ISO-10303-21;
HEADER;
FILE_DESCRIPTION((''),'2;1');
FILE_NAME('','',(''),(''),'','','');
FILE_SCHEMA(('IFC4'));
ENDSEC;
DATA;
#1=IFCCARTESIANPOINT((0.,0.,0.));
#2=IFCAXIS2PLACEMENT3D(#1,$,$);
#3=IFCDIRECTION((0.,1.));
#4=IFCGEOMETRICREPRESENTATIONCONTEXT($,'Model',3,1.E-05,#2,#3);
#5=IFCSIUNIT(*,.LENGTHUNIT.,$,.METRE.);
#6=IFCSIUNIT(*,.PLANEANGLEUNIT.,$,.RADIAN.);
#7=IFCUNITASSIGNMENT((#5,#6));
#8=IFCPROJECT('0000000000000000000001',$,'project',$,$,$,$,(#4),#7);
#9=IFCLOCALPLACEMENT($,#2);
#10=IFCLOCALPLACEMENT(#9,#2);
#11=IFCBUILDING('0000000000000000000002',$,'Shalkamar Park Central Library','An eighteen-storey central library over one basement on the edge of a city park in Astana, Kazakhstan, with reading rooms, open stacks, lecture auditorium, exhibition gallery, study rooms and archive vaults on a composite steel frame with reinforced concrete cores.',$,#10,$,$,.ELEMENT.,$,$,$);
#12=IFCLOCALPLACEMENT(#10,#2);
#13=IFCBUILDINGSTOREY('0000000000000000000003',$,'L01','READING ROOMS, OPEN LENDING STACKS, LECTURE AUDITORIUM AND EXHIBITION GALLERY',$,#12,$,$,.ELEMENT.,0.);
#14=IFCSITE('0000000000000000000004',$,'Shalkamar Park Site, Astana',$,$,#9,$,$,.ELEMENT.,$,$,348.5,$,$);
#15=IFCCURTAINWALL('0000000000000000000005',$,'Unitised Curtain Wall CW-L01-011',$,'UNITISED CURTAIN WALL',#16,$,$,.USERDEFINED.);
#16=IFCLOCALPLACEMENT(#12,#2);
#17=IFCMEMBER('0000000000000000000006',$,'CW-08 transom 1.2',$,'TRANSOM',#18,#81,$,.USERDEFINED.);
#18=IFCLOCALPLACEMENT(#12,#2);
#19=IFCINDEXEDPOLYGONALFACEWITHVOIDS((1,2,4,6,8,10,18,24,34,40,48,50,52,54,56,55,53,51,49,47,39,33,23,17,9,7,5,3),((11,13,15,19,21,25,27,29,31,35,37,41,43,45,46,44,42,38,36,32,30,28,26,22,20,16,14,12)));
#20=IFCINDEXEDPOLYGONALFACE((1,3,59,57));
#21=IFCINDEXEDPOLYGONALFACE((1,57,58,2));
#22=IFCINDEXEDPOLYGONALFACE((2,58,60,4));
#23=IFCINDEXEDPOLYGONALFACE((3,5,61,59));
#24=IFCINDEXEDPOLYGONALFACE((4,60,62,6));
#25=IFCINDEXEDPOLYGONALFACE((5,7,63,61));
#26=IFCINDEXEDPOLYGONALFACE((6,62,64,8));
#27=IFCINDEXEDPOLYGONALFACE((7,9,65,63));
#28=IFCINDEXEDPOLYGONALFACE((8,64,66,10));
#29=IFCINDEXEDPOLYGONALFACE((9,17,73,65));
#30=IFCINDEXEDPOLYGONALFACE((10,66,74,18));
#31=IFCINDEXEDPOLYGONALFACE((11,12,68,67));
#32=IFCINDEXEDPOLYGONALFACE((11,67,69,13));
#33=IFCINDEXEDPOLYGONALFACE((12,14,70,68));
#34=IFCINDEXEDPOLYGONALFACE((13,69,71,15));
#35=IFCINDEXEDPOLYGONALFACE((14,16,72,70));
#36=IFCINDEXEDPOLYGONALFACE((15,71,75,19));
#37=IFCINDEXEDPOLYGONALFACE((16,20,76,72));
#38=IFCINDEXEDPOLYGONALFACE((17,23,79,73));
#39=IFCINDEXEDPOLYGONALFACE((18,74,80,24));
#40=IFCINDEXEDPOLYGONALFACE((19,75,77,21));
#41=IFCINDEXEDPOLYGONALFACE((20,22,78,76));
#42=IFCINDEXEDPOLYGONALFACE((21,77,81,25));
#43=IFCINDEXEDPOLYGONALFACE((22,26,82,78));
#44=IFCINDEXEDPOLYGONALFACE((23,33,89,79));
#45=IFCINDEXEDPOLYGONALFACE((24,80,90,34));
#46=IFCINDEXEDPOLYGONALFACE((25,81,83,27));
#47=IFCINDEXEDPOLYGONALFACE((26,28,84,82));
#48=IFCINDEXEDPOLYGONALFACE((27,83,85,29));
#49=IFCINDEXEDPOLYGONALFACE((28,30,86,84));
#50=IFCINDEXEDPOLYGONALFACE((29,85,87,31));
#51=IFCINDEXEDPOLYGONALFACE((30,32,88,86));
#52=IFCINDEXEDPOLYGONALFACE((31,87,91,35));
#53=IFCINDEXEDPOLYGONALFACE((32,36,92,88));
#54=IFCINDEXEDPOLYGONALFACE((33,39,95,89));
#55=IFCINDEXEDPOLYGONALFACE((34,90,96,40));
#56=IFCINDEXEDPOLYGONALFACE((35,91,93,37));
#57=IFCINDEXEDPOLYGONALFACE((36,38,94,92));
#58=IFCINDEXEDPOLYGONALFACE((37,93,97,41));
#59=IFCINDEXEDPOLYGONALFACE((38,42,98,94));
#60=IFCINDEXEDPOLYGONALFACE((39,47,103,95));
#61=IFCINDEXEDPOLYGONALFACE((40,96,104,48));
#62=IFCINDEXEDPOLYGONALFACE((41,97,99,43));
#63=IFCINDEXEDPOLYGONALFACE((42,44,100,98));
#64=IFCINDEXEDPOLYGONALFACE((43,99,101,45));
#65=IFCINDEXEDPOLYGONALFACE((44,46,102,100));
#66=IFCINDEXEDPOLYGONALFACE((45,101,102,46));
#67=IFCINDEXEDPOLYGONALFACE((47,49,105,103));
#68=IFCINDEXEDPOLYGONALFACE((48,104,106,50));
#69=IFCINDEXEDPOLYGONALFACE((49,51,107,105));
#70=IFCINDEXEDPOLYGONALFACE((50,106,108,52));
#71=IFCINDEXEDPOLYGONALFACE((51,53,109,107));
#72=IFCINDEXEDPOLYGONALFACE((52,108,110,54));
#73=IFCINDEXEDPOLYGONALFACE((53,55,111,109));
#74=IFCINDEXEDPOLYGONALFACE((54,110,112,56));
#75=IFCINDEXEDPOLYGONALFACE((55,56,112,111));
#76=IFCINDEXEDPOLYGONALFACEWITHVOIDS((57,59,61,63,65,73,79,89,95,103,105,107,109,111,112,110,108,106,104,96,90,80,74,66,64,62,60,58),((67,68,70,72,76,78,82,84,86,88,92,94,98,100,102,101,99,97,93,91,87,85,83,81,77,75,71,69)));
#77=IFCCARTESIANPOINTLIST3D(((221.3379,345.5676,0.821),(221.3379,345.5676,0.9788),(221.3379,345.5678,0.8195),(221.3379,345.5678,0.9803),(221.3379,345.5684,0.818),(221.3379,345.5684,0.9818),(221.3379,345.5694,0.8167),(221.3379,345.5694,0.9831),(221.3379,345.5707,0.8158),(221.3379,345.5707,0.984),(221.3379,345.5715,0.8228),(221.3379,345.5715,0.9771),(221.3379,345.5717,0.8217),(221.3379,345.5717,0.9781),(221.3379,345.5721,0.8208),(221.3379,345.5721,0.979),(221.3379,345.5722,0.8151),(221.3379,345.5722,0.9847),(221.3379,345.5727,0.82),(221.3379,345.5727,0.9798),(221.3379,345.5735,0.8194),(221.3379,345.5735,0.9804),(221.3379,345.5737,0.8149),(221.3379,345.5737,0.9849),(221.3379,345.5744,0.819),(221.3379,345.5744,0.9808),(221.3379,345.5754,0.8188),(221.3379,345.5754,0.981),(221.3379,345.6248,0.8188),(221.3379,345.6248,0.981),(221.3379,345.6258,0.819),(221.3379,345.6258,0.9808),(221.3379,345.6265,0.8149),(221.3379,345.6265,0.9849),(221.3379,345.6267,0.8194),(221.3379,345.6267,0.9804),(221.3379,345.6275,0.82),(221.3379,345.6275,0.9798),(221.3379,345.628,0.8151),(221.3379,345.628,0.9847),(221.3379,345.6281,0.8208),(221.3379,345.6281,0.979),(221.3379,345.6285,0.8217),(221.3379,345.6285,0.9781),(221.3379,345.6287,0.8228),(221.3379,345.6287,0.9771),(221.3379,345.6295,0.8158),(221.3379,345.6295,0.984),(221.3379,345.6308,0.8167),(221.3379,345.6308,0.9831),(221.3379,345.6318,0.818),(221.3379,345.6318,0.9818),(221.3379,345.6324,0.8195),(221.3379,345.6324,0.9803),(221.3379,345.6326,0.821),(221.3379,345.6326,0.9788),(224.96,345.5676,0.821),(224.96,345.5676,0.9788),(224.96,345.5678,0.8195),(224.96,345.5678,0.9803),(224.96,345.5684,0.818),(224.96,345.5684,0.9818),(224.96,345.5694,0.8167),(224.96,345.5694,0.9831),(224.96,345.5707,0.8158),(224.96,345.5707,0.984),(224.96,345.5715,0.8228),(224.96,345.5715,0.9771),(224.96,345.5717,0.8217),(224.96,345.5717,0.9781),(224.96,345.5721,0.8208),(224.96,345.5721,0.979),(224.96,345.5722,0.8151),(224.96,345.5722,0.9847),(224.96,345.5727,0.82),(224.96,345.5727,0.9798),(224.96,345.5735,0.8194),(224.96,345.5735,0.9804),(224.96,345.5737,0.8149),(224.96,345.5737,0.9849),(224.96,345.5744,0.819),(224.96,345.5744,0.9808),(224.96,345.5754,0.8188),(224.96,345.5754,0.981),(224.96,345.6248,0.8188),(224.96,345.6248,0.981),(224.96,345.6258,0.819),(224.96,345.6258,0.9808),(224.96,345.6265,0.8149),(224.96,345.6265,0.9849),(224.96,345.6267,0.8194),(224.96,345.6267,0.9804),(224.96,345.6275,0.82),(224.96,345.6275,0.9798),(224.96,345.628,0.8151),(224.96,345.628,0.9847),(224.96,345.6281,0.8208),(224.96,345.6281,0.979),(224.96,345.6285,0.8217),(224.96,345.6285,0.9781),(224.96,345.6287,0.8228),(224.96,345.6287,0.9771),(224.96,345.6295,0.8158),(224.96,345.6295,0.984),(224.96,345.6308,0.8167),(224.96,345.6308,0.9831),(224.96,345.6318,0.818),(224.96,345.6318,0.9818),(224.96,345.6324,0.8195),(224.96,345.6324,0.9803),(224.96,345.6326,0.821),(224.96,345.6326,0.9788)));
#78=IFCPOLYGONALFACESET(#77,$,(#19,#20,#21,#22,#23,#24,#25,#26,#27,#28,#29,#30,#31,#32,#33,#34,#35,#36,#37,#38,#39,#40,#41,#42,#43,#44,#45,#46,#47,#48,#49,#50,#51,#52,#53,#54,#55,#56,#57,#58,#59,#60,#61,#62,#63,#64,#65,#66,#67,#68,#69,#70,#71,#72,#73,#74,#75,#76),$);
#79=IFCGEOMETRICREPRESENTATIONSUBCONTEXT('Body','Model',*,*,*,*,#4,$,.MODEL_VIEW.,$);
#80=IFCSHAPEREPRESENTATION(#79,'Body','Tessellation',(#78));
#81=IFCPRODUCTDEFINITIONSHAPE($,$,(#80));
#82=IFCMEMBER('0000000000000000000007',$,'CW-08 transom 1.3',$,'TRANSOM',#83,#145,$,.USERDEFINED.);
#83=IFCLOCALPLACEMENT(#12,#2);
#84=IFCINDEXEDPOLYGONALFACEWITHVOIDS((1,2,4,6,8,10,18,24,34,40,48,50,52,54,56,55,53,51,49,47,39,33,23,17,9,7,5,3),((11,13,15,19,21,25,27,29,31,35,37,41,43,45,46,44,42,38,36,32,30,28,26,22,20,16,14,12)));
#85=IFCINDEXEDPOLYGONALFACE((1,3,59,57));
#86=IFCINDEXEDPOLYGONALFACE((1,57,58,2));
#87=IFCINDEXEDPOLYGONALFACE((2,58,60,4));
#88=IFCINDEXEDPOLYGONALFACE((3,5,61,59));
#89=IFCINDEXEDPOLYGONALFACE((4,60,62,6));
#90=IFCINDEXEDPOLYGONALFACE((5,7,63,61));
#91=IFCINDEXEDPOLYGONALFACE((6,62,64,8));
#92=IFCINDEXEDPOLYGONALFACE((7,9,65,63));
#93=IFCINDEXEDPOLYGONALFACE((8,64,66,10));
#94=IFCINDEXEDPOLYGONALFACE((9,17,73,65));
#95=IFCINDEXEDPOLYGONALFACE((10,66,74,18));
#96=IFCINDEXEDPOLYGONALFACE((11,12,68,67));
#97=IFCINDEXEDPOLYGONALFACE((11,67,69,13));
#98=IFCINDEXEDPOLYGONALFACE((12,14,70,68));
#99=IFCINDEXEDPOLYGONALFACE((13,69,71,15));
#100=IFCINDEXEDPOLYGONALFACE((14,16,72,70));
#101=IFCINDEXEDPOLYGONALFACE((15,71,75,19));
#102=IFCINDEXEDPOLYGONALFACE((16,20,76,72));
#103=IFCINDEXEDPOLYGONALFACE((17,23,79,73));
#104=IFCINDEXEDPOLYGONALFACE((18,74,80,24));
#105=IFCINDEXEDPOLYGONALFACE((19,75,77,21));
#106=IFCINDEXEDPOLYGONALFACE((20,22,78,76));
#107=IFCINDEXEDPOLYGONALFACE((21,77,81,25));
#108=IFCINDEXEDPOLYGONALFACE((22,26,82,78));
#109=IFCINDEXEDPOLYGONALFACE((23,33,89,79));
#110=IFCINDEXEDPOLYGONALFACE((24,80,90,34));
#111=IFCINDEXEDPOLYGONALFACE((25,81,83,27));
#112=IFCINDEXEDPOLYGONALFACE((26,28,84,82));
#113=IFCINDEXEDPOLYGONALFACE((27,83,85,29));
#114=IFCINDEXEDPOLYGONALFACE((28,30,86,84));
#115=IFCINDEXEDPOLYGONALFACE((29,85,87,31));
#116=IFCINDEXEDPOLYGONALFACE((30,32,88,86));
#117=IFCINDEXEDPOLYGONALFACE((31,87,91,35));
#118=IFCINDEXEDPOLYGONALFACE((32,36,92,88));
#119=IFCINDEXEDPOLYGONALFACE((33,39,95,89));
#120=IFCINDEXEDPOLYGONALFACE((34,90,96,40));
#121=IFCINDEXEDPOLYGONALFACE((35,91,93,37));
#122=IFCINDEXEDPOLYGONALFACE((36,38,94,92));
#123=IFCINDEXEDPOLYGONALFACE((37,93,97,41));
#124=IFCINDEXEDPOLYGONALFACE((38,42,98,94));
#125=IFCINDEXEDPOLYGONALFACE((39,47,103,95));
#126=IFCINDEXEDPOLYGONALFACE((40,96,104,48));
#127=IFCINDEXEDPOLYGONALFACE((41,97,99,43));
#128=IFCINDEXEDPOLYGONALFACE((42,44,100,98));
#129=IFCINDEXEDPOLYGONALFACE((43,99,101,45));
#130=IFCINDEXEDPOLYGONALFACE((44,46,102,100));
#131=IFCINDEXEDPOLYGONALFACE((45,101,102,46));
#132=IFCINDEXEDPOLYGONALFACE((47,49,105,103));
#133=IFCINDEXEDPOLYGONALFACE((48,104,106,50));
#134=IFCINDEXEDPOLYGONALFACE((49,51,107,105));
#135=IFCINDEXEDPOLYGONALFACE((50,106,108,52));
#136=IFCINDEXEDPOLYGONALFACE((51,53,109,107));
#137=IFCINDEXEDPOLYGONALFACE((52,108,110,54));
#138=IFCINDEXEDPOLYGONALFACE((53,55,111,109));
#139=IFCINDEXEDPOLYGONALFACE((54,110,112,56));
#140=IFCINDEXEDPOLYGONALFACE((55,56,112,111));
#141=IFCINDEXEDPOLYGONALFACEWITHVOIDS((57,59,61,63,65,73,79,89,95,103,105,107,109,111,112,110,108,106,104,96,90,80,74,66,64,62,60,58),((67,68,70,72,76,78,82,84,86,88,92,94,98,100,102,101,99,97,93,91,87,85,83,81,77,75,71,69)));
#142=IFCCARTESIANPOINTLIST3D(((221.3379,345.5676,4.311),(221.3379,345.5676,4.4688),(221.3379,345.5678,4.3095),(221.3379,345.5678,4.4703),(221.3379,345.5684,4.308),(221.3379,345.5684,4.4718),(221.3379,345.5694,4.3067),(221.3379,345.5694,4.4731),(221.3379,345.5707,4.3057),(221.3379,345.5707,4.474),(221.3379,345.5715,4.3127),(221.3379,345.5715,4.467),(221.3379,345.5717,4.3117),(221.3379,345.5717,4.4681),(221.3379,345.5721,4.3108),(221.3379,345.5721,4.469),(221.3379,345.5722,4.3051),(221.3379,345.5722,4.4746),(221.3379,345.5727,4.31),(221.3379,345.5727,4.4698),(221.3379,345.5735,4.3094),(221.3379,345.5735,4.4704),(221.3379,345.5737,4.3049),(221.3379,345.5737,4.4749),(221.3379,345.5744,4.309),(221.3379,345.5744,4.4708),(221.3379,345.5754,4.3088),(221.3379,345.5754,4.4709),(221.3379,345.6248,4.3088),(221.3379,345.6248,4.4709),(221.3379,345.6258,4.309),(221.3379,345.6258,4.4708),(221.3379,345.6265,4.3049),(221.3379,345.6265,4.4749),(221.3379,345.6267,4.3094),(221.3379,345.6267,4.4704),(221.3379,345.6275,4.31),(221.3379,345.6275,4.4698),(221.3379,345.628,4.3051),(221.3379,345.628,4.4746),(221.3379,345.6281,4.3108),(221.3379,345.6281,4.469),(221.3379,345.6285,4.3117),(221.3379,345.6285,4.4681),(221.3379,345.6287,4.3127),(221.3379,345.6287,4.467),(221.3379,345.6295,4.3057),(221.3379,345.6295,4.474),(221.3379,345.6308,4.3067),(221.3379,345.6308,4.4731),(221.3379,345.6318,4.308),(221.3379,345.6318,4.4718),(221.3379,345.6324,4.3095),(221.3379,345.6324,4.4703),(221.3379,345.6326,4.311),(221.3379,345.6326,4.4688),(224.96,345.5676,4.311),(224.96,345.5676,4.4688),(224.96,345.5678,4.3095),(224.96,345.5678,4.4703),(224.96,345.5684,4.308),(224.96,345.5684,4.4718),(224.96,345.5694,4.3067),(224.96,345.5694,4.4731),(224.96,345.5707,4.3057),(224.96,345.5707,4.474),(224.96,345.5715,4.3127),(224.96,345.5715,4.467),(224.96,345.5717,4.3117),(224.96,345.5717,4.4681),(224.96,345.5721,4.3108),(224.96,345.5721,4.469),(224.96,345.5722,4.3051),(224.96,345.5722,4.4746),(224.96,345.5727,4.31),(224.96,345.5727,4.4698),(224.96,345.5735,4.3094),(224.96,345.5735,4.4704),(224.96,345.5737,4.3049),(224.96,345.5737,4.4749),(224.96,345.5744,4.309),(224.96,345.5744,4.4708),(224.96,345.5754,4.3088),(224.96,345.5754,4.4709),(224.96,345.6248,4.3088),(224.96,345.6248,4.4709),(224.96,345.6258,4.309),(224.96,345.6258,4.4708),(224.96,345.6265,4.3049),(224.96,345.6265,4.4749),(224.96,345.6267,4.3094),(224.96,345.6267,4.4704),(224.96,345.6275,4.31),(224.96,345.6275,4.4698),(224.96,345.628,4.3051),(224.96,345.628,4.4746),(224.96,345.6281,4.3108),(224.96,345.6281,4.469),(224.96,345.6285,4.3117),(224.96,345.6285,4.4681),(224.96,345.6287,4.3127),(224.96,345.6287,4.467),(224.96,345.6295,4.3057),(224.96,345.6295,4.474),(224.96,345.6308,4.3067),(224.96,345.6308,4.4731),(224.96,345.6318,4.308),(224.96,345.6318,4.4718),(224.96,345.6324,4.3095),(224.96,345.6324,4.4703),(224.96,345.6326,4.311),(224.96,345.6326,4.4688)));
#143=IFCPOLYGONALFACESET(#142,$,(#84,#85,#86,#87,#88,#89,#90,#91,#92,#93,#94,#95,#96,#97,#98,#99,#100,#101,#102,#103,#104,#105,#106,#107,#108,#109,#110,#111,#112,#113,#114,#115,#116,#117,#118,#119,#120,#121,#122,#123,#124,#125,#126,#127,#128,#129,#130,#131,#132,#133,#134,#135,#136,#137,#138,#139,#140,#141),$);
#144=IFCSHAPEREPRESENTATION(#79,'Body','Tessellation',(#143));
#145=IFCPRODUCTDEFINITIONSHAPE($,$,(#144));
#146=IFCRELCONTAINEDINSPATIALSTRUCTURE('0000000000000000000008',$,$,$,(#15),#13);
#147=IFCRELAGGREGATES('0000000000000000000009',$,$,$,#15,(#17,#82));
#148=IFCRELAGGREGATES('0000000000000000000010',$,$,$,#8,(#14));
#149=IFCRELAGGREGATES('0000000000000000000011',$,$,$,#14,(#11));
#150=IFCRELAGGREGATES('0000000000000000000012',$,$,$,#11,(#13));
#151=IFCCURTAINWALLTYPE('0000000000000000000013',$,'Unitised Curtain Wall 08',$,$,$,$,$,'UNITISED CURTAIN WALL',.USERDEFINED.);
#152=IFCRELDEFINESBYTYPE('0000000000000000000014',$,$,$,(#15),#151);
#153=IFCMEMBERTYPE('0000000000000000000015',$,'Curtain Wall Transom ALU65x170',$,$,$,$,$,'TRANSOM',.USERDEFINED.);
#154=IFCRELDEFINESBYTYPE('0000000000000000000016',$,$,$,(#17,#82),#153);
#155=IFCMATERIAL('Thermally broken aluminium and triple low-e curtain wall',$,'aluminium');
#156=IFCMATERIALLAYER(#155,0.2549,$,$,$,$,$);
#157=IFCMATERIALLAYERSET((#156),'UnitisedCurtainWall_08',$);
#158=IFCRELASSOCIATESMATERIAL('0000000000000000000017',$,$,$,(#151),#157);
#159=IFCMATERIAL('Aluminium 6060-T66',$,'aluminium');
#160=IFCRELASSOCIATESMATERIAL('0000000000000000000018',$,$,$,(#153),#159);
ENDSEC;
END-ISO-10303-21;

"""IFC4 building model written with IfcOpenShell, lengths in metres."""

from ifc_helpers import new_model, si_unit, direction, frame, origin, origin_2d, place, context, subcontext, project, spatial, hollow_rectangle, extrude, material, layer, layer_set, material_profile, profile_set, type_object, element, aggregate, save


model = new_model("IFC4")

# Units and contexts
model_context = context("Model", 3, precision=1e-05, world=origin(), true_north=direction((0.0, 1.0)))
body_context = subcontext(model_context, "Body", "Model", "MODEL_VIEW")
ifc_project = project(units=[si_unit("LENGTHUNIT", "METRE"), si_unit("PLANEANGLEUNIT", "RADIAN")], contexts=[model_context])

# Site, building, storey
site_placement = place(None, origin())
site = spatial("IfcSite", under=ifc_project, at=site_placement, Name="Shalkamar Park Site, Astana", CompositionType="ELEMENT", RefElevation=348.5)
building_placement = place(site_placement, origin())
building = spatial("IfcBuilding", under=site, at=building_placement, Name="Shalkamar Park Central Library", Description="An eighteen-storey central library over one basement on the edge of a city park in Astana, Kazakhstan, with reading rooms, open stacks, lecture auditorium, exhibition gallery, study rooms and archive vaults on a composite steel frame with reinforced concrete cores.", CompositionType="ELEMENT")
storey_placement = place(building_placement, origin())
storey = spatial("IfcBuildingStorey", under=building, at=storey_placement, Name="L01", Description="READING ROOMS, OPEN LENDING STACKS, LECTURE AUDITORIUM AND EXHIBITION GALLERY", CompositionType="ELEMENT", Elevation=0.0)

# Curtain wall, members
ifc_material_1 = material(Name="Thermally broken aluminium and triple low-e curtain wall", Category="aluminium")
ifc_layer_1 = layer(ifc_material_1, 0.2549)
ifc_layer_set_1 = layer_set([ifc_layer_1], Name="UnitisedCurtainWall_08")
curtain_wall_type = type_object("IfcCurtainWallType", Name="Unitised Curtain Wall 08", ElementType="UNITISED CURTAIN WALL", PredefinedType="USERDEFINED", material=ifc_layer_set_1)
curtain_wall_placement = place(storey_placement, origin())
curtain_wall = element("IfcCurtainWall", 1, at=curtain_wall_placement, inside=storey, type_object=curtain_wall_type, Name="Unitised Curtain Wall CW-L01-011", ObjectType="UNITISED CURTAIN WALL", PredefinedType="USERDEFINED")
ifc_material_2 = material(Name="Aluminium 6060-T66", Category="aluminium")
ifc_material_profile_1 = material_profile(ifc_material_2, hollow_rectangle(XDim=0.0649, YDim=0.1699, WallThickness=0.0039, InnerFilletRadius=0.0039, OuterFilletRadius=0.0061, at=origin_2d()), Name="ALU 65x170x4")
ifc_profile_set_1 = profile_set([ifc_material_profile_1], Name="Aluminium 6060-T66")
member_type_1 = type_object("IfcMemberType", Name="Curtain Wall Transom ALU65x170", ElementType="TRANSOM", PredefinedType="USERDEFINED", material=ifc_profile_set_1)
member_1_placement = place(storey_placement, frame((221.3379, 345.6001, 0.8999), z_axis=(1.0, 0.0, 0.0), x_axis=(0.0, 1.0, 0.0)))
member_1 = element("IfcMember", 2, at=member_1_placement, type_object=member_type_1, Name="CW-08 transom 1.2", ObjectType="TRANSOM", PredefinedType="USERDEFINED", context=body_context, shape_type="SweptSolid", body=[
    extrude(hollow_rectangle(XDim=0.0649, YDim=0.1699, WallThickness=0.0039, InnerFilletRadius=0.0039, OuterFilletRadius=0.0061, at=origin_2d()), origin(), (0.0, 0.0, 1.0), 3.6221),
])
member_2_placement = place(storey_placement, frame((221.3379, 345.6001, 4.3899), z_axis=(1.0, 0.0, 0.0), x_axis=(0.0, 1.0, 0.0)))
member_2 = element("IfcMember", 3, at=member_2_placement, type_object=member_type_1, Name="CW-08 transom 1.3", ObjectType="TRANSOM", PredefinedType="USERDEFINED", context=body_context, shape_type="SweptSolid", body=[
    extrude(hollow_rectangle(XDim=0.0649, YDim=0.1699, WallThickness=0.0039, InnerFilletRadius=0.0039, OuterFilletRadius=0.0061, at=origin_2d()), origin(), (0.0, 0.0, 1.0), 3.6221),
])

aggregate(curtain_wall, [member_1, member_2])

save(model, "model.ifc")
